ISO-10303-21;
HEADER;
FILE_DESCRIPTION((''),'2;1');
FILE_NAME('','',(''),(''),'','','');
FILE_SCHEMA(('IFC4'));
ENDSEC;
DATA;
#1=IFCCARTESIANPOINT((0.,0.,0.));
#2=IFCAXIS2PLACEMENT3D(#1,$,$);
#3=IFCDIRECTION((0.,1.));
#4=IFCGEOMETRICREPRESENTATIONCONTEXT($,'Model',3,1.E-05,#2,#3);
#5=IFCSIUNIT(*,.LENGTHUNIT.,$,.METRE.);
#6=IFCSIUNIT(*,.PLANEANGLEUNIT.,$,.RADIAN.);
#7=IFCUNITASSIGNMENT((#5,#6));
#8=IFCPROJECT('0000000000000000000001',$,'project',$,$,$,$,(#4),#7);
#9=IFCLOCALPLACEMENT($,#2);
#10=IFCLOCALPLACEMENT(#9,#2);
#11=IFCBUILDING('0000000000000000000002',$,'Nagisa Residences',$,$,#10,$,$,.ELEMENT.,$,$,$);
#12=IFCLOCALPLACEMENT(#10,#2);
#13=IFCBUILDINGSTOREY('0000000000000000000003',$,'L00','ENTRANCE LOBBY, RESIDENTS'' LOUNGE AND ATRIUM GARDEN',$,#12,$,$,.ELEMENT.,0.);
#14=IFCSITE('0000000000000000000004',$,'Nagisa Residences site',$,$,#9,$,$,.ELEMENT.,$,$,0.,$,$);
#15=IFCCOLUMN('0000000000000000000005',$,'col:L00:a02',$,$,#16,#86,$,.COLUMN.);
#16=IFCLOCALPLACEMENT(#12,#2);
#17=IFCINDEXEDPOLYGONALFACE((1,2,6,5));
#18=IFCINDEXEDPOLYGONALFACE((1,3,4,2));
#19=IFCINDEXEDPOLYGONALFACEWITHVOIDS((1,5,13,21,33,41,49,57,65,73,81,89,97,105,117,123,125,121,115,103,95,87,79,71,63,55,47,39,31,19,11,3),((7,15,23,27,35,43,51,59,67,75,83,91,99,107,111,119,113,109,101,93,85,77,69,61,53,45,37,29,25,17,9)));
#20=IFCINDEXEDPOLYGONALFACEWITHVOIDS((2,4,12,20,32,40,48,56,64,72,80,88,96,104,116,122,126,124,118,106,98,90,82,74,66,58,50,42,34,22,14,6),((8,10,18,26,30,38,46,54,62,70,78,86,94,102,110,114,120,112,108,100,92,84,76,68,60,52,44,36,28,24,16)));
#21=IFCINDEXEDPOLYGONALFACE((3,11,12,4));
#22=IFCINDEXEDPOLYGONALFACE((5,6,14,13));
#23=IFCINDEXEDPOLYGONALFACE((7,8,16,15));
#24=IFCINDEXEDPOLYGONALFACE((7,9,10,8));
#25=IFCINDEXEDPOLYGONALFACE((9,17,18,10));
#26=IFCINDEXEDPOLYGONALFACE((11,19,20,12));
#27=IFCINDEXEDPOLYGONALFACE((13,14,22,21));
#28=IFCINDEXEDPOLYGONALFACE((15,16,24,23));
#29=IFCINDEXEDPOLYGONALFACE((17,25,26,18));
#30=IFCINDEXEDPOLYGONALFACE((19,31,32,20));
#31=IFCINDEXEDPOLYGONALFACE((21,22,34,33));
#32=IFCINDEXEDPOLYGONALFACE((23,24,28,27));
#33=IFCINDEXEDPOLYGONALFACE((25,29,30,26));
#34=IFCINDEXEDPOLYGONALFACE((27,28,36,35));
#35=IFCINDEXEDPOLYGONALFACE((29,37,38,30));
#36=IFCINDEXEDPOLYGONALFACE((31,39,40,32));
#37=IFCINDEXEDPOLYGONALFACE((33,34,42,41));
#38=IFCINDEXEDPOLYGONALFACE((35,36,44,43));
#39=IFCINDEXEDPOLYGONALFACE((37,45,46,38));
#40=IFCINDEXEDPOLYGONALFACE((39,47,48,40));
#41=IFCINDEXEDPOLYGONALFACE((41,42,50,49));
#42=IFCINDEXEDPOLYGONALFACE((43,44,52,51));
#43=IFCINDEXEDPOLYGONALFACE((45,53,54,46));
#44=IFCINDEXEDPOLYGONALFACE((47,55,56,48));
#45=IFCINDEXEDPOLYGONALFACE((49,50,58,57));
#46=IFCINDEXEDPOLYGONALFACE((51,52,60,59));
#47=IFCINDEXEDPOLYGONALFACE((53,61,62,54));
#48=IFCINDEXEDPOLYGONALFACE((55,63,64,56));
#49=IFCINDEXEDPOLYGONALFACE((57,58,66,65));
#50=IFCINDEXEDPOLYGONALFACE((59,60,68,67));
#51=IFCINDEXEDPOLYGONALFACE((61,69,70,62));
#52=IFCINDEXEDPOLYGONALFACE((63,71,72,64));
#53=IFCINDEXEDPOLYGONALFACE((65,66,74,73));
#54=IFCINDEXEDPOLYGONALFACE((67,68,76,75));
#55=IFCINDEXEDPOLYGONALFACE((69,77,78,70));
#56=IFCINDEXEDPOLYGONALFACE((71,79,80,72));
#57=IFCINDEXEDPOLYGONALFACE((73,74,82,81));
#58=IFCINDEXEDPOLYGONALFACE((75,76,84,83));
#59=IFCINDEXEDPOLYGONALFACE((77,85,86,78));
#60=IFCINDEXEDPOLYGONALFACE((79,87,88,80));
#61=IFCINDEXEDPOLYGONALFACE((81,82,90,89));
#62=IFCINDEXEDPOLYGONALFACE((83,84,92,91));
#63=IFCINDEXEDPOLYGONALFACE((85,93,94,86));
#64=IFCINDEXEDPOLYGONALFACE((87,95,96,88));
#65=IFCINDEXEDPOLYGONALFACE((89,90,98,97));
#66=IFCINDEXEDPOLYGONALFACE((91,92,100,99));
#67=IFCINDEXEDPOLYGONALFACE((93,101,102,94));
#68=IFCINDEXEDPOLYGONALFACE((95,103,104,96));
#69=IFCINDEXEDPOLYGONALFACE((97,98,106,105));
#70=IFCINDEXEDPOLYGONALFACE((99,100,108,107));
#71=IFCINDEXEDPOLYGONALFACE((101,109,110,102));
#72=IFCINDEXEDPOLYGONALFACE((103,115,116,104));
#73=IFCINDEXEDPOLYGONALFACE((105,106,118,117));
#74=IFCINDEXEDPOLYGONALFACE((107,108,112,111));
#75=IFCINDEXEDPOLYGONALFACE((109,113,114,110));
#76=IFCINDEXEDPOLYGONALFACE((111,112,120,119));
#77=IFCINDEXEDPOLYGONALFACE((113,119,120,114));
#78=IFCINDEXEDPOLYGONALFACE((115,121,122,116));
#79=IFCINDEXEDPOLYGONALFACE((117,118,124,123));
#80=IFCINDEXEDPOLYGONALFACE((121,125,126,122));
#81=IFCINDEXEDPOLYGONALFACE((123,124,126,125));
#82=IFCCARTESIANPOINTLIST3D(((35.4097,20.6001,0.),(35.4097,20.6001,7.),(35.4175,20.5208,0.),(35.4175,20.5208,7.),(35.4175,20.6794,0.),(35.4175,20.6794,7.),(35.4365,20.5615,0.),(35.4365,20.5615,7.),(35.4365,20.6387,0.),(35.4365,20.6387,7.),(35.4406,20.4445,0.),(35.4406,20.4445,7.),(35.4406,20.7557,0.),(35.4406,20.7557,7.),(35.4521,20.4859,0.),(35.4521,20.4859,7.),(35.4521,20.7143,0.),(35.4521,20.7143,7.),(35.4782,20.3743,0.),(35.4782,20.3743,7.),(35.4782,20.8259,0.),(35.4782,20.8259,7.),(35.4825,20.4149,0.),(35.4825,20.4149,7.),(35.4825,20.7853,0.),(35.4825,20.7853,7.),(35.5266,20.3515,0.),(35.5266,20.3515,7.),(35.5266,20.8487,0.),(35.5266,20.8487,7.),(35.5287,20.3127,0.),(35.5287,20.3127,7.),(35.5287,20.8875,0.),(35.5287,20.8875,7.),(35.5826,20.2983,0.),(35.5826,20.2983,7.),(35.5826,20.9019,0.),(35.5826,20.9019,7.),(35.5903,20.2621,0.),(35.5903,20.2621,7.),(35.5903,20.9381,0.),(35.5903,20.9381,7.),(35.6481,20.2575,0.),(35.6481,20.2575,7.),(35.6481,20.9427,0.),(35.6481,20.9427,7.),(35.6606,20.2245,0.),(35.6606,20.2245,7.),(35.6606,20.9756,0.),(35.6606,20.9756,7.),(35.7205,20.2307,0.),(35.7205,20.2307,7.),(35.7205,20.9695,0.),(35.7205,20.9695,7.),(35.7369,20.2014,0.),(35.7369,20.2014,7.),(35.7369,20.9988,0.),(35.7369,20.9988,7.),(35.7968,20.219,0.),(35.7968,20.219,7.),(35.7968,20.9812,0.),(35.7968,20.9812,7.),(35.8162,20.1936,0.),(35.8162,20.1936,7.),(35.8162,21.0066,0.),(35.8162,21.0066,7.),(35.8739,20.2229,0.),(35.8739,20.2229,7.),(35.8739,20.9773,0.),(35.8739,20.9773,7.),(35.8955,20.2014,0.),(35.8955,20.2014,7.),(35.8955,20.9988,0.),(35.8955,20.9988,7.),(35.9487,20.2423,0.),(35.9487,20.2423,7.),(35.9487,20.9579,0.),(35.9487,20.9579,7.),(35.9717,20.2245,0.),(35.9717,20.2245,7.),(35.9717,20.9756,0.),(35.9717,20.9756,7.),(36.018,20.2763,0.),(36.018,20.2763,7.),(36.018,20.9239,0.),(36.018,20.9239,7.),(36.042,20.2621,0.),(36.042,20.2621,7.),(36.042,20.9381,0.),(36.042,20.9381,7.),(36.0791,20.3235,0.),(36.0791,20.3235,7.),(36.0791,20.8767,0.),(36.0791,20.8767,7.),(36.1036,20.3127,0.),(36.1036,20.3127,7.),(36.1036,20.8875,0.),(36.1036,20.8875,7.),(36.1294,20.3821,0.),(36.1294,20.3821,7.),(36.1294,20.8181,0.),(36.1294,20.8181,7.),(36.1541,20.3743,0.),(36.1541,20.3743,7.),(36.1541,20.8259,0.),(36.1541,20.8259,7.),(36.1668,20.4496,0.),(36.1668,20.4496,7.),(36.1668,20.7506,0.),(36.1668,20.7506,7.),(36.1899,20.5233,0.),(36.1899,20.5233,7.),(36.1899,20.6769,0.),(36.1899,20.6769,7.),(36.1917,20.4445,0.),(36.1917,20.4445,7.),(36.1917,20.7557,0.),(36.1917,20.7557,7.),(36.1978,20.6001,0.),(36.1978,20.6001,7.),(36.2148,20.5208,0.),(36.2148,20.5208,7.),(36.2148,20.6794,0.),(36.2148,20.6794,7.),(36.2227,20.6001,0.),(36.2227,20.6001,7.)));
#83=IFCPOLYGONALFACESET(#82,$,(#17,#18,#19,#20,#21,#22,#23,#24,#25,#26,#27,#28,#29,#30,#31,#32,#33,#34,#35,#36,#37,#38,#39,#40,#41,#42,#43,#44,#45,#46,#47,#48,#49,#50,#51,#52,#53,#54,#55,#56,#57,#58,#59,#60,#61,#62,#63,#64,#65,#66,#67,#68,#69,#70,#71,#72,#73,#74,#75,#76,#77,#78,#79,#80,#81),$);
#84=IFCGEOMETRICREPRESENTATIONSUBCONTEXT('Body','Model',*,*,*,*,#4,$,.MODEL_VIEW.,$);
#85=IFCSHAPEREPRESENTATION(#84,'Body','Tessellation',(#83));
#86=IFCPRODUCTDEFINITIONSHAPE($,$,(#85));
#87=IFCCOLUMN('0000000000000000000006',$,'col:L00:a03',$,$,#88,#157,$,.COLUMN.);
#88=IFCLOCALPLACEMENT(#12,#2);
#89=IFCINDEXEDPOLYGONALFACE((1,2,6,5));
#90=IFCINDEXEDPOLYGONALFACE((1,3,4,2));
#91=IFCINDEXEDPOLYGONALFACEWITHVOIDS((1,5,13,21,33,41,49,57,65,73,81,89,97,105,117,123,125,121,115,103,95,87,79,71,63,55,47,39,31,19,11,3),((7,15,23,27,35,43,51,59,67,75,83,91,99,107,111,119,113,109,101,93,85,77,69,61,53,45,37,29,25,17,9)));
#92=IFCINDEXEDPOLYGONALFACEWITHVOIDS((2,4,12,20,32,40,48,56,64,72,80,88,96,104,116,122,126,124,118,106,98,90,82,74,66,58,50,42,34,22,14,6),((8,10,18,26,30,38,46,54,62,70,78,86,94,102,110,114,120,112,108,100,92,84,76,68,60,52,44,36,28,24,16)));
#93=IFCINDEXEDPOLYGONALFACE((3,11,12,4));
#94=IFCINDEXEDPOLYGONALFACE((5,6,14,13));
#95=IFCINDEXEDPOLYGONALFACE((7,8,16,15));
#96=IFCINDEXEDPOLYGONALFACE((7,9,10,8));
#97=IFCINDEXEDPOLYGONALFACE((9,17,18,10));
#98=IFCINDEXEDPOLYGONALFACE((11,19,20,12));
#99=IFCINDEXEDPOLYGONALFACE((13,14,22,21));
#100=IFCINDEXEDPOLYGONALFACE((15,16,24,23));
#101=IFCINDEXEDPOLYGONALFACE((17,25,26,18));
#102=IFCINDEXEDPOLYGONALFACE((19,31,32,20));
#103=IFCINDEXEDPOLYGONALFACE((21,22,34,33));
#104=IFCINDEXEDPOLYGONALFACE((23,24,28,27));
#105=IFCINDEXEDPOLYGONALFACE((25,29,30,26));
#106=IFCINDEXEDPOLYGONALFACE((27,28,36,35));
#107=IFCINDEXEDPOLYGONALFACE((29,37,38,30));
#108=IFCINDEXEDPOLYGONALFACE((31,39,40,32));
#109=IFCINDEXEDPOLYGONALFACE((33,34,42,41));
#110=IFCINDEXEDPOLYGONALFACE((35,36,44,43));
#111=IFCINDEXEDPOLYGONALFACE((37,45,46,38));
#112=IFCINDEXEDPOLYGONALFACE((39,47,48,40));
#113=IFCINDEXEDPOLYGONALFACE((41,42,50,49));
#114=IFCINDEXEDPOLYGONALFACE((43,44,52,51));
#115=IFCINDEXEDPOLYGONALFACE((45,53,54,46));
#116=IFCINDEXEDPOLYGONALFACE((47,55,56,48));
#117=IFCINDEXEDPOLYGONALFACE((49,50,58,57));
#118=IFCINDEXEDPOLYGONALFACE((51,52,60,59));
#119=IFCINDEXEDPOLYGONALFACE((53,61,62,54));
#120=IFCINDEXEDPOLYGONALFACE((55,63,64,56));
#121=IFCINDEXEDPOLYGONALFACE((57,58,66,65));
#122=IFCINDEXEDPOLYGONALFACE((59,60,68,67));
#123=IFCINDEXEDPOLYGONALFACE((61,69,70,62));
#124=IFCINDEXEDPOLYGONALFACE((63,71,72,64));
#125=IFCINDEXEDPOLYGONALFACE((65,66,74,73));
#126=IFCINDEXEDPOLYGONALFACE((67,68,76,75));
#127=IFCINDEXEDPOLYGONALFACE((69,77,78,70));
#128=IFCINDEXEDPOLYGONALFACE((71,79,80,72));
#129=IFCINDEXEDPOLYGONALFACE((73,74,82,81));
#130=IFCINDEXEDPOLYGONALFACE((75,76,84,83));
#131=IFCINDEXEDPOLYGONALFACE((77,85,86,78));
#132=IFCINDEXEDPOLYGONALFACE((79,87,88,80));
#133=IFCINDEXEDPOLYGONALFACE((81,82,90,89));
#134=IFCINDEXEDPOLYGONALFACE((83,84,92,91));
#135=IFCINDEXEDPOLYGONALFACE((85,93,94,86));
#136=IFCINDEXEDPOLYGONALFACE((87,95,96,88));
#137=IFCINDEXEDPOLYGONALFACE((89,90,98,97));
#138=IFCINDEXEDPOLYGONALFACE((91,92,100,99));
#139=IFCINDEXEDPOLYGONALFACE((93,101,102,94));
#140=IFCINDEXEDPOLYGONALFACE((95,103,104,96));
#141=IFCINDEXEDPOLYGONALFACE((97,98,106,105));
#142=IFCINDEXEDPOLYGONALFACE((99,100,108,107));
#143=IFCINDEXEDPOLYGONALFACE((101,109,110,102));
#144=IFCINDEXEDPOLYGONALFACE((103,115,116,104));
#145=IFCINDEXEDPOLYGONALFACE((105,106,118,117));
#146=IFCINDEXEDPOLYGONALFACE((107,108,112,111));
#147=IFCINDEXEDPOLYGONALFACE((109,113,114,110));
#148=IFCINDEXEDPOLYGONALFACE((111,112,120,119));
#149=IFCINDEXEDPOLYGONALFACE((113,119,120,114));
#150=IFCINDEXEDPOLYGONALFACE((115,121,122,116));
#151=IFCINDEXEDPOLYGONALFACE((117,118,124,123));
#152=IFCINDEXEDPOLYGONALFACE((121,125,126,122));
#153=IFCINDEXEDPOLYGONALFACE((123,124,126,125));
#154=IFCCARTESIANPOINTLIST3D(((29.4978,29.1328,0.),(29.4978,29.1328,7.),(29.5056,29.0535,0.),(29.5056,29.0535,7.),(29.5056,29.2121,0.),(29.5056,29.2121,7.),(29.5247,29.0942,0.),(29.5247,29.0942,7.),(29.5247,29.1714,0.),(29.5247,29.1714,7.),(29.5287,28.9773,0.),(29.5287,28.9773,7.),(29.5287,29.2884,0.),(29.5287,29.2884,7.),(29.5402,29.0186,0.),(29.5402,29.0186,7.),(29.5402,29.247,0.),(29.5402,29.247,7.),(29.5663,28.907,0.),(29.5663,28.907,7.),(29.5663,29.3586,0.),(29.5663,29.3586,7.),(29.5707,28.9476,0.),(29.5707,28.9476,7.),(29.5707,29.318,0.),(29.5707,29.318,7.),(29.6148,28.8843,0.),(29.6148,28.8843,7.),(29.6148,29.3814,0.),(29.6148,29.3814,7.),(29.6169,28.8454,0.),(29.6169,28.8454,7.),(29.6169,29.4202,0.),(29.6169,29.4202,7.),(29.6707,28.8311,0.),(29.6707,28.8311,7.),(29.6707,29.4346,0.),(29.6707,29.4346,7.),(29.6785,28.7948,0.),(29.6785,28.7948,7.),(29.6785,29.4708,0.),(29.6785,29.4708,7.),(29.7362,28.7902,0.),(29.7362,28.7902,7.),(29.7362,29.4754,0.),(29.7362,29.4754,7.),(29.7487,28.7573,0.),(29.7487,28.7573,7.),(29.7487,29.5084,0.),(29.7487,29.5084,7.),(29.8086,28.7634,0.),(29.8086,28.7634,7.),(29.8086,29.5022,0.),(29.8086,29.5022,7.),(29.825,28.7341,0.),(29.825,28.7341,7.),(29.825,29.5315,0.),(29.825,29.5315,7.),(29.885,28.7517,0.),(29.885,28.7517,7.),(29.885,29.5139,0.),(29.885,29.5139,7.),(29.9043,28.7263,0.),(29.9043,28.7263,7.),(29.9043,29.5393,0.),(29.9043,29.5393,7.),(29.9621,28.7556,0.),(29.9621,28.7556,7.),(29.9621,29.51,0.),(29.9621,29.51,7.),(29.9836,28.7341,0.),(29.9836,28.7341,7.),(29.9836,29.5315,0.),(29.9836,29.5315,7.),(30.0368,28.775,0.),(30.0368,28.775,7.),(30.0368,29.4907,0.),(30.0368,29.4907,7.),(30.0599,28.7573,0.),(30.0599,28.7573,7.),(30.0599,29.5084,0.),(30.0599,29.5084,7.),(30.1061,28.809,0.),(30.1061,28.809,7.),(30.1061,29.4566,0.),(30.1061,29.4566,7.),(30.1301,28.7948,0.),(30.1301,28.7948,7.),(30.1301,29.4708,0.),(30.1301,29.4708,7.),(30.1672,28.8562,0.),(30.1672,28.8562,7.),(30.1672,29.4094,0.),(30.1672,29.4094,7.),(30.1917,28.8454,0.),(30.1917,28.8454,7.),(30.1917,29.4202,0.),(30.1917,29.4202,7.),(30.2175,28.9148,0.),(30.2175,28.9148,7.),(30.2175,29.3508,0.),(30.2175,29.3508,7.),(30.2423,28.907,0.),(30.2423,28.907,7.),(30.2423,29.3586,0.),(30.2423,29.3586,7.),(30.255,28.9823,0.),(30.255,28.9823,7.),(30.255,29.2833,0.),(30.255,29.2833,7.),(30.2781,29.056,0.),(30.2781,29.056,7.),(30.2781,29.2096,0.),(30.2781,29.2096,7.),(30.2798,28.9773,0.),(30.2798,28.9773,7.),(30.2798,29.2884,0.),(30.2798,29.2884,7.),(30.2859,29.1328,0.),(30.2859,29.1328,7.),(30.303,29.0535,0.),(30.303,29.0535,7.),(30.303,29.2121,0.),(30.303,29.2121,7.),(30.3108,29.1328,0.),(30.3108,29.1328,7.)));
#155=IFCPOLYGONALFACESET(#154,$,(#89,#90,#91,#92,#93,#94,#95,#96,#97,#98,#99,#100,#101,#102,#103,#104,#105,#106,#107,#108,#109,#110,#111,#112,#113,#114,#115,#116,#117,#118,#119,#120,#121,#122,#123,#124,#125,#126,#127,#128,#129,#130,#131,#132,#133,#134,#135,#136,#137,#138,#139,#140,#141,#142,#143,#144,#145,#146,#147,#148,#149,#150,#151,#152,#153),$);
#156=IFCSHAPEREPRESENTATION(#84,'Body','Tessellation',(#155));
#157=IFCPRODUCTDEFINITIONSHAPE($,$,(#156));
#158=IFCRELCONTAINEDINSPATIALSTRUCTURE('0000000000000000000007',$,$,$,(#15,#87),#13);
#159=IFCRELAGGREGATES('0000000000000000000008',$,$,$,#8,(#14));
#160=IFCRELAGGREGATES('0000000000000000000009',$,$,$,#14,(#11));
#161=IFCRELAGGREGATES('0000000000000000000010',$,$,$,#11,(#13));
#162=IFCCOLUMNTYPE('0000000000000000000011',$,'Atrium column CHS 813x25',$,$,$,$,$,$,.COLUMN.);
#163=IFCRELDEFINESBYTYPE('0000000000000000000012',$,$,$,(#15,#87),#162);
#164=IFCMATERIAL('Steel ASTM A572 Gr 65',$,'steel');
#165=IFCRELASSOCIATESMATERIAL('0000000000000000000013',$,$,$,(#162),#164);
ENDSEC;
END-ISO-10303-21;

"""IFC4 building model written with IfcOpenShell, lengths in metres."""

from ifc_helpers import new_model, si_unit, direction, frame, origin, origin_2d, place, context, subcontext, project, spatial, hollow_circle, extrude, material, material_profile, profile_set, type_object, element, save


model = new_model("IFC4")

# Units and contexts
model_context = context("Model", 3, precision=1e-05, world=origin(), true_north=direction((0.0, 1.0)))
body_context = subcontext(model_context, "Body", "Model", "MODEL_VIEW")
ifc_project = project(units=[si_unit("LENGTHUNIT", "METRE"), si_unit("PLANEANGLEUNIT", "RADIAN")], contexts=[model_context])

# Site, building, storey
site_placement = place(None, origin())
site = spatial("IfcSite", under=ifc_project, at=site_placement, Name="Nagisa Residences site", CompositionType="ELEMENT", RefElevation=0.0)
building_placement = place(site_placement, origin())
building = spatial("IfcBuilding", under=site, at=building_placement, Name="Nagisa Residences", CompositionType="ELEMENT")
storey_placement = place(building_placement, origin())
storey = spatial("IfcBuildingStorey", under=building, at=storey_placement, Name="L00", Description="ENTRANCE LOBBY, RESIDENTS' LOUNGE AND ATRIUM GARDEN", CompositionType="ELEMENT", Elevation=0.0)

# Columns
ifc_material_1 = material(Name="Steel ASTM A572 Gr 65", Category="steel")
ifc_material_profile_1 = material_profile(ifc_material_1, hollow_circle(Radius=0.4065, WallThickness=0.0249, at=origin_2d()), Name="CHS 813x25")
ifc_profile_set_1 = profile_set([ifc_material_profile_1], Name="Steel ASTM A572 Gr 65")
column_type_1 = type_object("IfcColumnType", Name="Atrium column CHS 813x25", PredefinedType="COLUMN", material=ifc_profile_set_1)
for number, where, z_axis, x_axis, name in (
    (1, (35.8162, 20.6001, 0.0), (0.0, 0.0, 1.0), (1.0, 0.0, 0.0), "col:L00:a02"),
    (2, (29.9043, 29.1328, 0.0), (0.0, 0.0, 1.0), (1.0, 0.0, 0.0), "col:L00:a03"),
):
    element("IfcColumn", number, at=place(storey_placement, frame(where, z_axis=z_axis, x_axis=x_axis)), inside=storey, type_object=column_type_1, Name=name, PredefinedType="COLUMN", context=body_context, shape_type="SweptSolid", body=[
        extrude(hollow_circle(Radius=0.4065, WallThickness=0.0249, at=origin_2d()), origin(), (0.0, 0.0, 1.0), 7.0),
    ])

save(model, "model.ifc")
